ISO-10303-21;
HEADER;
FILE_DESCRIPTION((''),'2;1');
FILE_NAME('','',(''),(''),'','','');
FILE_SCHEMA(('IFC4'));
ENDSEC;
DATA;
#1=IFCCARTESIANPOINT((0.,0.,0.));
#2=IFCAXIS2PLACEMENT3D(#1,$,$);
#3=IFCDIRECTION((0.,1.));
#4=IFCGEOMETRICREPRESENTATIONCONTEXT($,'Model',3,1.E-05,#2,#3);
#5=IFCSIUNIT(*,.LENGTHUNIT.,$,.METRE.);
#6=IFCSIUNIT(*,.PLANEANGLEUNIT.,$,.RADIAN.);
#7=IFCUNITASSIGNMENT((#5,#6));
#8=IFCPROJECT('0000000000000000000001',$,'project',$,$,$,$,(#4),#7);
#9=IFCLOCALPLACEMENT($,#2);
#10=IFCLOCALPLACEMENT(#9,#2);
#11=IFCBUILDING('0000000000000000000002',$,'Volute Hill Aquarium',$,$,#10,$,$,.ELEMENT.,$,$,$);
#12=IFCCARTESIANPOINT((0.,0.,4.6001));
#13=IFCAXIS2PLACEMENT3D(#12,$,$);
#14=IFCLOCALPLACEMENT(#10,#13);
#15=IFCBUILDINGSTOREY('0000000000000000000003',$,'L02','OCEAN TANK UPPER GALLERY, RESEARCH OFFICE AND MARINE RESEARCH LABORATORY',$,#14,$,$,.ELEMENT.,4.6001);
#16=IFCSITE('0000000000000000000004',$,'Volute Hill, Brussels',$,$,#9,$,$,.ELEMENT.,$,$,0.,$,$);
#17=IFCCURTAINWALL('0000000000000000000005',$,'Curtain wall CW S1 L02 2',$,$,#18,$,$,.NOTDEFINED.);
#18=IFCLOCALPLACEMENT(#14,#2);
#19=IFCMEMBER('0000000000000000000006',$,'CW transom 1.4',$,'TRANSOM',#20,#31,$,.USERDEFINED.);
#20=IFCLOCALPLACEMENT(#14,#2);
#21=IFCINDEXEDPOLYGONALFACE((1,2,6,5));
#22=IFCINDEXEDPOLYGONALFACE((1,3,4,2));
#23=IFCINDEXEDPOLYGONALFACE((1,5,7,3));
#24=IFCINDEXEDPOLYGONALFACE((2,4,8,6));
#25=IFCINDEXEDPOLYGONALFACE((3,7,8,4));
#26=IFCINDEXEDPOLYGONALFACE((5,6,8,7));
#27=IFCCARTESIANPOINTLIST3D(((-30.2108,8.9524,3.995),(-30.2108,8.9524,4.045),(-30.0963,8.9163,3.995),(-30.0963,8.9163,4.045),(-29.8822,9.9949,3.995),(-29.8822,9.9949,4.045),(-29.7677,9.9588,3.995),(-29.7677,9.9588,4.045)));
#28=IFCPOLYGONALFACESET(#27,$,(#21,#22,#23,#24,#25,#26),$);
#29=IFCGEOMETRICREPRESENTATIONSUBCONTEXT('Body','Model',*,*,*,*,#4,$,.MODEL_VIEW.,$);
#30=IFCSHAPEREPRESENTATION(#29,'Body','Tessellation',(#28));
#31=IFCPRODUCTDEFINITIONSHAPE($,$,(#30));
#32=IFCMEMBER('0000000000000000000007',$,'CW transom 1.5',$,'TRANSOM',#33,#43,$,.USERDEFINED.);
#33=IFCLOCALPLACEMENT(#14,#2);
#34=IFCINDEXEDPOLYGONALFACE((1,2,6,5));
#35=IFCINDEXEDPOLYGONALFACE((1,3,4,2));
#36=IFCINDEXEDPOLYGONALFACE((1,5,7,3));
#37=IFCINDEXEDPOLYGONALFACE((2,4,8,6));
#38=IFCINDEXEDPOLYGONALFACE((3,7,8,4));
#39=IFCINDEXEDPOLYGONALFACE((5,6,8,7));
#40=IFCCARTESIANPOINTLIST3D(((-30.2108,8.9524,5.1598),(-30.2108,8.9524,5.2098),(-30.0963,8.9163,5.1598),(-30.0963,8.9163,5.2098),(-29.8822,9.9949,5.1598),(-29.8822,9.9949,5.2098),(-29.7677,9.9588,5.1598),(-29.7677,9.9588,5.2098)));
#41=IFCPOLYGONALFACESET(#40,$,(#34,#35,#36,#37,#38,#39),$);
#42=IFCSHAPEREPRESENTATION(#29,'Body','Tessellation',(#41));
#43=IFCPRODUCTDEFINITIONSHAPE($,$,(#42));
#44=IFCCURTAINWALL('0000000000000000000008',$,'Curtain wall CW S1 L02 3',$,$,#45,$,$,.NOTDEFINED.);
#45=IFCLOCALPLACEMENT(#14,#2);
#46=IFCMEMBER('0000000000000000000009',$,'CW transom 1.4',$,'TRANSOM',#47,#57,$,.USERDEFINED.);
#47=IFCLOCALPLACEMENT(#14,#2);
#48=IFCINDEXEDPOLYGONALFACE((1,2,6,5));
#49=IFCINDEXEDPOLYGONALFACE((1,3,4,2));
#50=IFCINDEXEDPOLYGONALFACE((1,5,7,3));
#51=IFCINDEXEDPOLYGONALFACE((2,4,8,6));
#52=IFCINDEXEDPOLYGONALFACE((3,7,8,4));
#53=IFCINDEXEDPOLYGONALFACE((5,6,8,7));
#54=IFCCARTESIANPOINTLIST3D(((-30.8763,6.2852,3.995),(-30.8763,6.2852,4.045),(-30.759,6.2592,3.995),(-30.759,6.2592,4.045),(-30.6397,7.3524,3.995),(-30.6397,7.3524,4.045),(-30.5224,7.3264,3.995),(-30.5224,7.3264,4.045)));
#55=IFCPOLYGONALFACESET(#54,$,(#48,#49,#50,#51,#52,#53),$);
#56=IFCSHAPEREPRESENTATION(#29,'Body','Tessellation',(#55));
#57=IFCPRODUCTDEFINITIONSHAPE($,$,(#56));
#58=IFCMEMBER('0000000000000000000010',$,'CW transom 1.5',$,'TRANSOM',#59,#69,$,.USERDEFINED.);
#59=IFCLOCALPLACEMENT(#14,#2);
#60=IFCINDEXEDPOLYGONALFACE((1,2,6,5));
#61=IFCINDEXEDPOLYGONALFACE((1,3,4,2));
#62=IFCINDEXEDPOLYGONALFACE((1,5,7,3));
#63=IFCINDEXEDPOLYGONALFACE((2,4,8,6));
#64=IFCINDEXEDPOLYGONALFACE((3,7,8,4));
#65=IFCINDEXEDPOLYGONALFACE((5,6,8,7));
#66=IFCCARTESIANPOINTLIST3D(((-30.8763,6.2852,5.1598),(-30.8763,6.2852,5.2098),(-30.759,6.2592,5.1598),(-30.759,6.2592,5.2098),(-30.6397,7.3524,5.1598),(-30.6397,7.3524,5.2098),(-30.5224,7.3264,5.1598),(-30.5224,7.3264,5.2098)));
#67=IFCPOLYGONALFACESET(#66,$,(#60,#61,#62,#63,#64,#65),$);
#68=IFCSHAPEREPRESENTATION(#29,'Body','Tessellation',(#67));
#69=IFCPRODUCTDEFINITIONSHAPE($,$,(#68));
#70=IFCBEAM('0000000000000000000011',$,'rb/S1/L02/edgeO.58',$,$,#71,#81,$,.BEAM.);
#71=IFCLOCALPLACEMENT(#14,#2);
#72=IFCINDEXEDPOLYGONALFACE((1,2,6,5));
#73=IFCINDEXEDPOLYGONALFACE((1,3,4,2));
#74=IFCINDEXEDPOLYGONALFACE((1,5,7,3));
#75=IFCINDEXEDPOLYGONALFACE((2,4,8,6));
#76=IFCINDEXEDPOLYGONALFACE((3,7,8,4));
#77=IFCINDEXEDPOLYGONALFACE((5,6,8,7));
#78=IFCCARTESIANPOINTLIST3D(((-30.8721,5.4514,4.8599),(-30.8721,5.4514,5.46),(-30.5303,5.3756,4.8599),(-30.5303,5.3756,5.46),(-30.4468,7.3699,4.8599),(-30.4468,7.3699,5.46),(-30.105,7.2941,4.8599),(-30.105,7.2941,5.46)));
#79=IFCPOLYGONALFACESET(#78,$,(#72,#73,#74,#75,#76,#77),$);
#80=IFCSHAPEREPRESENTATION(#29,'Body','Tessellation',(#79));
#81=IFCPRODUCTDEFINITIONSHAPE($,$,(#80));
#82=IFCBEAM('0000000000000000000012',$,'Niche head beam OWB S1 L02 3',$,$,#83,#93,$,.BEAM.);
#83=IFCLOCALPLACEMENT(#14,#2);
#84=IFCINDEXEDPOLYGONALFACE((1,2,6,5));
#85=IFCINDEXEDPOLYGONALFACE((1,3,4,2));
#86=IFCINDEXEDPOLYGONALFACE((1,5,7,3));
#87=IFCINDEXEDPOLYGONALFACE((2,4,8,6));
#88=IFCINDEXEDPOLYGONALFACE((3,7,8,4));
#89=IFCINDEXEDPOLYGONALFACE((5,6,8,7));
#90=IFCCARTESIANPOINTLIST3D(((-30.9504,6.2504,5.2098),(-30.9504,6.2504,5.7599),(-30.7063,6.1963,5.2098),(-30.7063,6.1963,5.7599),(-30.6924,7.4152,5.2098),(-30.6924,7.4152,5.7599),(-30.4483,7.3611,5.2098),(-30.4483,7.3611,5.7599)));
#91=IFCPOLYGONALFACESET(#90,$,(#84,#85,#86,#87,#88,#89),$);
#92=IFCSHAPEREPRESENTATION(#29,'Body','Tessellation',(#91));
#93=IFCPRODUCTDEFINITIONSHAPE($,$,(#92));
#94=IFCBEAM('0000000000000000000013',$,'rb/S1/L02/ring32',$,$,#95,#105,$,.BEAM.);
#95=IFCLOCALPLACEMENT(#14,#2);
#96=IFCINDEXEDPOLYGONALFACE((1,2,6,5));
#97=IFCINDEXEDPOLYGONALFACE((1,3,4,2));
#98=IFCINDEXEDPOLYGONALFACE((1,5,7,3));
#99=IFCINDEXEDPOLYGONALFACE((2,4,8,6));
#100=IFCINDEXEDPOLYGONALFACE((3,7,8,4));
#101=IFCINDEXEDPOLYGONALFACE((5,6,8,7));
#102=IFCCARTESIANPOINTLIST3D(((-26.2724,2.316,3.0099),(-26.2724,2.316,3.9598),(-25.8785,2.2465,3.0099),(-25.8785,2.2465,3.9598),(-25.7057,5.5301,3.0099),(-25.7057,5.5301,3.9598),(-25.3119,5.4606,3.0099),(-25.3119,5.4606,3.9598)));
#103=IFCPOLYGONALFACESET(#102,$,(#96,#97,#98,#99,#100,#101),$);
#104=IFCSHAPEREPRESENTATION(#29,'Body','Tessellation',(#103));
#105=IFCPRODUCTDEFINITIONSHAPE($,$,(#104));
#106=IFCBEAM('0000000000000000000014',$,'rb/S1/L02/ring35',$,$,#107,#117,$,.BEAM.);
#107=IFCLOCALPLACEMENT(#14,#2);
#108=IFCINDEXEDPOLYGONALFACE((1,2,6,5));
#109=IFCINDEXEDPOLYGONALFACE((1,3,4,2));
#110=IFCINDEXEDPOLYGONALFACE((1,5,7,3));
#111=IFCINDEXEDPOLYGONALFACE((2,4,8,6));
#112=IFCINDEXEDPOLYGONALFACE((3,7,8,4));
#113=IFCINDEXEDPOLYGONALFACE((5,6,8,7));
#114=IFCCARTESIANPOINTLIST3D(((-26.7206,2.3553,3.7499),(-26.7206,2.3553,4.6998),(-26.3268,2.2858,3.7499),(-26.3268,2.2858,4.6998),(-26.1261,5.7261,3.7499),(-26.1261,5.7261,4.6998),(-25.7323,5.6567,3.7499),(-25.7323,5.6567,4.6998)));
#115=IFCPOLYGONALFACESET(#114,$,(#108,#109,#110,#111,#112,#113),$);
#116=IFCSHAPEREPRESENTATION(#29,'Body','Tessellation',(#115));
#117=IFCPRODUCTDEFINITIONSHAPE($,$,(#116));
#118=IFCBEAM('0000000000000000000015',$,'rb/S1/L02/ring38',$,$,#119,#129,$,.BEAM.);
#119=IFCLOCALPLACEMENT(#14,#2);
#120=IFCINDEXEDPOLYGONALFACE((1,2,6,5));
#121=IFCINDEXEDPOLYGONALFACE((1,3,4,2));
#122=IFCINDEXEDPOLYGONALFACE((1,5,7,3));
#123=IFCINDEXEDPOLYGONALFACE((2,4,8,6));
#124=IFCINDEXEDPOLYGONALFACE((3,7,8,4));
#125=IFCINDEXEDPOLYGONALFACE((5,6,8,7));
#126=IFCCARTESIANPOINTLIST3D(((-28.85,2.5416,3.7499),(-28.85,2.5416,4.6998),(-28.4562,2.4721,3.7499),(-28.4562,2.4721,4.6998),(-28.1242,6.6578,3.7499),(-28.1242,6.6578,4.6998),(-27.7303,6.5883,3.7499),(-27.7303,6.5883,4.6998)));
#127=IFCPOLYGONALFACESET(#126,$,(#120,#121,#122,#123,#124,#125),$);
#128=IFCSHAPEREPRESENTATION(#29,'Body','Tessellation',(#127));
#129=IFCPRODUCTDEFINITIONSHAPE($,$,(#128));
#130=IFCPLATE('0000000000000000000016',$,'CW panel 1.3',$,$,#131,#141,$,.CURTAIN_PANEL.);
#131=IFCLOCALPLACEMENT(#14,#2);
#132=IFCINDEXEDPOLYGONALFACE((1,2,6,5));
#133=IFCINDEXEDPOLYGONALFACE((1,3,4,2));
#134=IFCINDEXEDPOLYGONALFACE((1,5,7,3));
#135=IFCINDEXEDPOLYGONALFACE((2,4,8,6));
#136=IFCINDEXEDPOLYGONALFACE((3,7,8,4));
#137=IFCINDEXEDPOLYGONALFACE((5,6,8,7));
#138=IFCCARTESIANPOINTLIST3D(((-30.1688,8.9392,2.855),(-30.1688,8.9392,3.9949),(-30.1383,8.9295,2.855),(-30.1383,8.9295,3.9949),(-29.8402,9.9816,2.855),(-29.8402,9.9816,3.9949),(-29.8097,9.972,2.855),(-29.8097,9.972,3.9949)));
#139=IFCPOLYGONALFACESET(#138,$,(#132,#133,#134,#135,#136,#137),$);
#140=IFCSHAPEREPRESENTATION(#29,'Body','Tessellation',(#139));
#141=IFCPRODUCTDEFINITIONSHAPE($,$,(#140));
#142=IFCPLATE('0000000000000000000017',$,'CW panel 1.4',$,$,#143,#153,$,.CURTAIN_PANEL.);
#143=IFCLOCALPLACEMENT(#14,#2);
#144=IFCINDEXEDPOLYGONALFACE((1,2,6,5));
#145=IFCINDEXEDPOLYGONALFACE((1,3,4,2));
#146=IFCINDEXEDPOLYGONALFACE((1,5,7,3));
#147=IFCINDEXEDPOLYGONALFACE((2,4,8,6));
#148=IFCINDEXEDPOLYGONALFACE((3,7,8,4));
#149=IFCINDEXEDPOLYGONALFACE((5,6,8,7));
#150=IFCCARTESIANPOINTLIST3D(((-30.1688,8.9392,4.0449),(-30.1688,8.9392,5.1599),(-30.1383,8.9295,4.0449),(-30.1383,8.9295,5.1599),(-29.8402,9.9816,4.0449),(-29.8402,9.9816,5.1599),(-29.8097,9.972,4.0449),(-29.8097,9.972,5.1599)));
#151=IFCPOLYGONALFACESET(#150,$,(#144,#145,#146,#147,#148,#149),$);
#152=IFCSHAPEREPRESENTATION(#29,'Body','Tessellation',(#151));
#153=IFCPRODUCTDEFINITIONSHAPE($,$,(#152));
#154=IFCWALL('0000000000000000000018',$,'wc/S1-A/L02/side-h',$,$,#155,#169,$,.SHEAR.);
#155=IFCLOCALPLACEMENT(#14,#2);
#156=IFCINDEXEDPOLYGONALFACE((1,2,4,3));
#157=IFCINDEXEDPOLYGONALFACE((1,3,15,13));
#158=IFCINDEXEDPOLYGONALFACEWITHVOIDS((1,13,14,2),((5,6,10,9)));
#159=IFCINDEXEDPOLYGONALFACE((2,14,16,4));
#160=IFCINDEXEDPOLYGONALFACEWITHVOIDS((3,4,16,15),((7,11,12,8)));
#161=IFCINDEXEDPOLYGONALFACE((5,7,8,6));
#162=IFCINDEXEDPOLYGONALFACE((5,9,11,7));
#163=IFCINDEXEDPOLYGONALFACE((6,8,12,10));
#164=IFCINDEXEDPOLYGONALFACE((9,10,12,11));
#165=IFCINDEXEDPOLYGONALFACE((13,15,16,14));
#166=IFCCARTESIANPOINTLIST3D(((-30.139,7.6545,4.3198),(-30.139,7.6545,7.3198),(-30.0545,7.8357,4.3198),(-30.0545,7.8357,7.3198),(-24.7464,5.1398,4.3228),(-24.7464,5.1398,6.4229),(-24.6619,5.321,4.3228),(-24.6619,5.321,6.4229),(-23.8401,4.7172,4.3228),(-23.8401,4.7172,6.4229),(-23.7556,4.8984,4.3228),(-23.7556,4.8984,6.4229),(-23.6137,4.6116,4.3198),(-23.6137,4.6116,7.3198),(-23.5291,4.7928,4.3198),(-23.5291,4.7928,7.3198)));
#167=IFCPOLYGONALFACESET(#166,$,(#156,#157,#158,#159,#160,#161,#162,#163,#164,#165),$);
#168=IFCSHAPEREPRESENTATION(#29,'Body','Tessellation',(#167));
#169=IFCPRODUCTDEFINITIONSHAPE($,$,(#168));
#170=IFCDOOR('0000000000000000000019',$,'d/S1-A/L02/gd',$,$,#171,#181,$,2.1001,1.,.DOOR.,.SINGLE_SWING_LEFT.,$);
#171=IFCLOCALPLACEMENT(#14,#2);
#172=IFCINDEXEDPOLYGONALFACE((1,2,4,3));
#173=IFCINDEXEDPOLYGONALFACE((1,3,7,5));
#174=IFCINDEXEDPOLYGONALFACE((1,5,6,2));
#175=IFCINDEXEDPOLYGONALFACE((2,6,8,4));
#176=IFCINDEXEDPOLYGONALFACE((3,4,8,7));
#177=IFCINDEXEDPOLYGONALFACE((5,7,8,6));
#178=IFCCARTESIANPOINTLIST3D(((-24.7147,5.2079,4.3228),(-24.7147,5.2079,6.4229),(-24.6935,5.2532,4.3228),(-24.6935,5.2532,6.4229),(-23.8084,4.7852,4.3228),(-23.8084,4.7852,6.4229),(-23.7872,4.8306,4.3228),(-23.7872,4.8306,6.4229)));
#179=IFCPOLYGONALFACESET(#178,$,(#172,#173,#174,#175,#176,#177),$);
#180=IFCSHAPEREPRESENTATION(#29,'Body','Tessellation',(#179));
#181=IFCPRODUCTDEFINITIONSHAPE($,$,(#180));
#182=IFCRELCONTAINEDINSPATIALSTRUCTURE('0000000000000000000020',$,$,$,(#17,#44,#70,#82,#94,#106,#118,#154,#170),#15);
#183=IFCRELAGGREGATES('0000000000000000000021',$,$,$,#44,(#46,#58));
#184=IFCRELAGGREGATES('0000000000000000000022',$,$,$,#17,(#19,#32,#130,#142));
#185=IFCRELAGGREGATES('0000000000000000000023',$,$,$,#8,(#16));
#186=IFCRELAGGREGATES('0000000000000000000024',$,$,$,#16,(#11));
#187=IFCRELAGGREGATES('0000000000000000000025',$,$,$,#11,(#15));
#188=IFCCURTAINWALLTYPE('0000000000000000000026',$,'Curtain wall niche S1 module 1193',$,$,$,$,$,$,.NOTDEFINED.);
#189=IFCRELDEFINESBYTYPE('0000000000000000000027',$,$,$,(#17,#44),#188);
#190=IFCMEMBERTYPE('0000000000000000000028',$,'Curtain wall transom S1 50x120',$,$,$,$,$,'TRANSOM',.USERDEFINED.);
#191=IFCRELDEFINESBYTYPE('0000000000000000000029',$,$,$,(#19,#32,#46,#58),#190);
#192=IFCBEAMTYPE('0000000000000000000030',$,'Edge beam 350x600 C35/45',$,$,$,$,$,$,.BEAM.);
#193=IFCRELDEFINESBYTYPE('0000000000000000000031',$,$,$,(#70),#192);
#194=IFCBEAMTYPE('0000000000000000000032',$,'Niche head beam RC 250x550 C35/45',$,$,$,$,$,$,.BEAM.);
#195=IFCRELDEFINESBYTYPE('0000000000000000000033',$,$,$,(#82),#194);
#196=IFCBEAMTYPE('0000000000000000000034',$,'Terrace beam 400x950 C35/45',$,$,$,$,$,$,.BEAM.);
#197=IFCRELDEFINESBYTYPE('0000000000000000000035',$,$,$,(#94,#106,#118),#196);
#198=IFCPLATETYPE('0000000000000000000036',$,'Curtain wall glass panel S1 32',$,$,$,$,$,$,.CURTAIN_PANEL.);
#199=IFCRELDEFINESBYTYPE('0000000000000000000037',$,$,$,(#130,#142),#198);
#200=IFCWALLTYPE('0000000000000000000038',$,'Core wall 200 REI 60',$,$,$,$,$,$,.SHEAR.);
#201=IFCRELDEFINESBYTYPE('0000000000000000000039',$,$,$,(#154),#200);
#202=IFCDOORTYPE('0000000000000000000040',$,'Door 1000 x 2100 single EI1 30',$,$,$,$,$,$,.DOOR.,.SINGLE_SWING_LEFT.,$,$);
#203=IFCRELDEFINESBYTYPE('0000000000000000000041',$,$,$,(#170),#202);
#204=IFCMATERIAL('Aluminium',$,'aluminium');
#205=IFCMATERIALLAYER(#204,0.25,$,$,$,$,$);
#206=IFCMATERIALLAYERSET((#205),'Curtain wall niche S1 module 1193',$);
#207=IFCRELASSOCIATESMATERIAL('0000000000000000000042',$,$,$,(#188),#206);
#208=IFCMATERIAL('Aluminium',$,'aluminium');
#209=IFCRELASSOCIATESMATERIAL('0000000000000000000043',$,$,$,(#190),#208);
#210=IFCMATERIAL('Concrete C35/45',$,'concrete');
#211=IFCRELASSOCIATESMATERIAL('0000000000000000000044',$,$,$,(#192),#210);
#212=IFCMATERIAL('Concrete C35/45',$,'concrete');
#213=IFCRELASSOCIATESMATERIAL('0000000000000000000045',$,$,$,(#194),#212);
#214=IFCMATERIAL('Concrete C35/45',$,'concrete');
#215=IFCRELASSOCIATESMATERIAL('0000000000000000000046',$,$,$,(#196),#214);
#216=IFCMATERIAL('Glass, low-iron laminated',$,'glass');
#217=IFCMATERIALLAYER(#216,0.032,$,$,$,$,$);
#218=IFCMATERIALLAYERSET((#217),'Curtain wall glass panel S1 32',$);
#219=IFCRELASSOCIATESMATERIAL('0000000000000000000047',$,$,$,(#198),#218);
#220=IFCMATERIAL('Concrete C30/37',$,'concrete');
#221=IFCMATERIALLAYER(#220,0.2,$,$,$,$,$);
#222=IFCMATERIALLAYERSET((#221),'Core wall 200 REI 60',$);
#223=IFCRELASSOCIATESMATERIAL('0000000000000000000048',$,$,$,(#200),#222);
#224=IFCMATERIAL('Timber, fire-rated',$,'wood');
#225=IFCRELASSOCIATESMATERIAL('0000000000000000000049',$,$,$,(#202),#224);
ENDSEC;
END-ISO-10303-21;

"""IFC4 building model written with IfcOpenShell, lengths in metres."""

from ifc_helpers import new_model, si_unit, direction, frame, frame_2d, origin, origin_2d, place, context, subcontext, project, spatial, rectangle, extrude, material, layer, layer_set, material_profile, profile_set, type_object, element, fill, aggregate, save


model = new_model("IFC4")

# Units and contexts
model_context = context("Model", 3, precision=1e-05, world=origin(), true_north=direction((0.0, 1.0)))
body_context = subcontext(model_context, "Body", "Model", "MODEL_VIEW")
ifc_project = project(units=[si_unit("LENGTHUNIT", "METRE"), si_unit("PLANEANGLEUNIT", "RADIAN")], contexts=[model_context])

# Site, building, storey
site_placement = place(None, origin())
site = spatial("IfcSite", under=ifc_project, at=site_placement, Name="Volute Hill, Brussels", CompositionType="ELEMENT", RefElevation=0.0)
building_placement = place(site_placement, origin())
building = spatial("IfcBuilding", under=site, at=building_placement, Name="Volute Hill Aquarium", CompositionType="ELEMENT")
storey_placement = place(building_placement, frame((0.0, 0.0, 4.6001)))
storey = spatial("IfcBuildingStorey", under=building, at=storey_placement, Name="L02", Description="OCEAN TANK UPPER GALLERY, RESEARCH OFFICE AND MARINE RESEARCH LABORATORY", CompositionType="ELEMENT", Elevation=4.6001)

# Curtain walls, members
ifc_material_1 = material(Name="Aluminium", Category="aluminium")
ifc_layer_1 = layer(ifc_material_1, 0.25)
ifc_layer_set_1 = layer_set([ifc_layer_1], Name="Curtain wall niche S1 module 1193")
curtain_wall_type = type_object("IfcCurtainWallType", Name="Curtain wall niche S1 module 1193", PredefinedType="NOTDEFINED", material=ifc_layer_set_1)
curtain_wall_1_placement = place(storey_placement, origin())
curtain_wall_1 = element("IfcCurtainWall", 1, at=curtain_wall_1_placement, inside=storey, type_object=curtain_wall_type, Name="Curtain wall CW S1 L02 2", PredefinedType="NOTDEFINED")
ifc_material_2 = material(Name="Aluminium", Category="aluminium")
ifc_material_profile_1 = material_profile(ifc_material_2, rectangle(XDim=0.1201, YDim=0.05, at=origin_2d()), Name="Curtain wall transom S1 50x120")
ifc_profile_set_1 = profile_set([ifc_material_profile_1], Name="Aluminium")
member_type = type_object("IfcMemberType", Name="Curtain wall transom S1 50x120", ElementType="TRANSOM", PredefinedType="USERDEFINED", material=ifc_profile_set_1)
member_1_placement = place(storey_placement, frame((-29.825, 9.9768, 4.02), z_axis=(-0.30064, -0.953738, 0.0), x_axis=(0.953738, -0.30064, 0.0)))
member_1 = element("IfcMember", 2, at=member_1_placement, type_object=member_type, Name="CW transom 1.4", ObjectType="TRANSOM", PredefinedType="USERDEFINED", context=body_context, shape_type="SweptSolid", body=[
    extrude(rectangle(XDim=0.1201, YDim=0.05, at=origin_2d()), origin(), (0.0, 0.0, 1.0), 1.093),
])
member_2_placement = place(storey_placement, frame((-29.825, 9.9768, 5.1848), z_axis=(-0.30064, -0.953738, 0.0), x_axis=(0.953738, -0.30064, 0.0)))
member_2 = element("IfcMember", 3, at=member_2_placement, type_object=member_type, Name="CW transom 1.5", ObjectType="TRANSOM", PredefinedType="USERDEFINED", context=body_context, shape_type="SweptSolid", body=[
    extrude(rectangle(XDim=0.1201, YDim=0.05, at=origin_2d()), origin(), (0.0, 0.0, 1.0), 1.093),
])
curtain_wall_2_placement = place(storey_placement, origin())
curtain_wall_2 = element("IfcCurtainWall", 4, at=curtain_wall_2_placement, inside=storey, type_object=curtain_wall_type, Name="Curtain wall CW S1 L02 3", PredefinedType="NOTDEFINED")
member_3_placement = place(storey_placement, frame((-30.5811, 7.3394, 4.02), z_axis=(-0.216434, -0.976297, 0.0), x_axis=(0.976297, -0.216434, 0.0)))
member_3 = element("IfcMember", 5, at=member_3_placement, type_object=member_type, Name="CW transom 1.4", ObjectType="TRANSOM", PredefinedType="USERDEFINED", context=body_context, shape_type="SweptSolid", body=[
    extrude(rectangle(XDim=0.1201, YDim=0.05, at=origin_2d()), origin(), (0.0, 0.0, 1.0), 1.093),
])
member_4_placement = place(storey_placement, frame((-30.5811, 7.3394, 5.1848), z_axis=(-0.216434, -0.976297, 0.0), x_axis=(0.976297, -0.216434, 0.0)))
member_4 = element("IfcMember", 6, at=member_4_placement, type_object=member_type, Name="CW transom 1.5", ObjectType="TRANSOM", PredefinedType="USERDEFINED", context=body_context, shape_type="SweptSolid", body=[
    extrude(rectangle(XDim=0.1201, YDim=0.05, at=origin_2d()), origin(), (0.0, 0.0, 1.0), 1.093),
])
aggregate(curtain_wall_2, [member_3, member_4])

# Beams
ifc_material_3 = material(Name="Concrete C35/45", Category="concrete")
ifc_material_profile_2 = material_profile(ifc_material_3, rectangle(XDim=0.3501, YDim=0.6001, at=origin_2d()), Name="RC edge beam 350x600")
ifc_profile_set_2 = profile_set([ifc_material_profile_2], Name="Concrete C35/45")
beam_type_1 = type_object("IfcBeamType", Name="Edge beam 350x600 C35/45", PredefinedType="BEAM", material=ifc_profile_set_2)
beam_1_placement = place(storey_placement, frame((-30.2759, 7.332, 5.1599), z_axis=(-0.216431, -0.976298, 0.0), x_axis=(0.976298, -0.216431, 0.0)))
element("IfcBeam", 7, at=beam_1_placement, inside=storey, type_object=beam_type_1, Name="rb/S1/L02/edgeO.58", PredefinedType="BEAM", context=body_context, shape_type="SweptSolid", body=[
    extrude(rectangle(XDim=0.3501, YDim=0.6001, at=origin_2d()), origin(), (0.0, 0.0, 1.0), 1.9651),
])
ifc_material_4 = material(Name="Concrete C35/45", Category="concrete")
ifc_material_profile_3 = material_profile(ifc_material_4, rectangle(XDim=0.25, YDim=0.55, at=origin_2d()), Name="RC beam 250x550")
ifc_profile_set_3 = profile_set([ifc_material_profile_3], Name="Concrete C35/45")
beam_type_2 = type_object("IfcBeamType", Name="Niche head beam RC 250x550 C35/45", PredefinedType="BEAM", material=ifc_profile_set_3)
beam_2_placement = place(storey_placement, frame((-30.5703, 7.3882, 5.4849), z_axis=(-0.216302, -0.976326, 0.0), x_axis=(0.976326, -0.216302, 0.0)))
element("IfcBeam", 8, at=beam_2_placement, inside=storey, type_object=beam_type_2, Name="Niche head beam OWB S1 L02 3", PredefinedType="BEAM", context=body_context, shape_type="SweptSolid", body=[
    extrude(rectangle(XDim=0.25, YDim=0.55, at=origin_2d()), origin(), (0.0, 0.0, 1.0), 1.1931),
])
ifc_material_5 = material(Name="Concrete C35/45", Category="concrete")
ifc_material_profile_4 = material_profile(ifc_material_5, rectangle(XDim=0.3999, YDim=0.95, at=origin_2d()), Name="RC beam 400x950")
ifc_profile_set_4 = profile_set([ifc_material_profile_4], Name="Concrete C35/45")
beam_type_3 = type_object("IfcBeamType", Name="Terrace beam 400x950 C35/45", PredefinedType="BEAM", material=ifc_profile_set_4)
beam_3_placement = place(storey_placement, frame((-25.5088, 5.4954, 3.4849), z_axis=(-0.173623, -0.984812, 0.0), x_axis=(0.984812, -0.173623, 0.0)))
element("IfcBeam", 9, at=beam_3_placement, inside=storey, type_object=beam_type_3, Name="rb/S1/L02/ring32", PredefinedType="BEAM", context=body_context, shape_type="SweptSolid", body=[
    extrude(rectangle(XDim=0.3999, YDim=0.95, at=origin_2d()), origin(), (0.0, 0.0, 1.0), 3.2637),
])
beam_4_placement = place(storey_placement, frame((-25.9292, 5.6914, 4.2249), z_axis=(-0.17368, -0.984802, 0.0), x_axis=(0.984802, -0.17368, 0.0)))
element("IfcBeam", 10, at=beam_4_placement, inside=storey, type_object=beam_type_3, Name="rb/S1/L02/ring35", PredefinedType="BEAM", context=body_context, shape_type="SweptSolid", body=[
    extrude(rectangle(XDim=0.3999, YDim=0.95, at=origin_2d()), origin(), (0.0, 0.0, 1.0), 3.4229),
])
beam_5_placement = place(storey_placement, frame((-27.9272, 6.623, 4.2249), z_axis=(-0.173655, -0.984806, 0.0), x_axis=(0.984806, -0.173655, 0.0)))
element("IfcBeam", 11, at=beam_5_placement, inside=storey, type_object=beam_type_3, Name="rb/S1/L02/ring38", PredefinedType="BEAM", context=body_context, shape_type="SweptSolid", body=[
    extrude(rectangle(XDim=0.3999, YDim=0.95, at=origin_2d()), origin(), (0.0, 0.0, 1.0), 4.1797),
])

# Plates
ifc_material_6 = material(Name="Glass, low-iron laminated", Category="glass")
ifc_layer_2 = layer(ifc_material_6, 0.032)
ifc_layer_set_2 = layer_set([ifc_layer_2], Name="Curtain wall glass panel S1 32")
plate_type = type_object("IfcPlateType", Name="Curtain wall glass panel S1 32", PredefinedType="CURTAIN_PANEL", material=ifc_layer_set_2)
plate_1_placement = place(storey_placement, frame((-29.9893, 9.4556, 2.855), z_axis=(0.0, 0.0, 1.0), x_axis=(-0.300702, -0.953718, 0.0)))
plate_1 = element("IfcPlate", 12, at=plate_1_placement, type_object=plate_type, Name="CW panel 1.3", PredefinedType="CURTAIN_PANEL", context=body_context, shape_type="SweptSolid", body=[
    extrude(rectangle(XDim=1.093, YDim=0.032, at=origin_2d()), origin(), (0.0, 0.0, 1.0), 1.1399),
])
plate_2_placement = place(storey_placement, frame((-29.9893, 9.4556, 4.0449), z_axis=(0.0, 0.0, 1.0), x_axis=(-0.300702, -0.953718, 0.0)))
plate_2 = element("IfcPlate", 13, at=plate_2_placement, type_object=plate_type, Name="CW panel 1.4", PredefinedType="CURTAIN_PANEL", context=body_context, shape_type="SweptSolid", body=[
    extrude(rectangle(XDim=1.093, YDim=0.032, at=origin_2d()), origin(), (0.0, 0.0, 1.0), 1.115),
])
aggregate(curtain_wall_1, [member_1, member_2, plate_1, plate_2])

# Wall, opening, door
ifc_material_7 = material(Name="Concrete C30/37", Category="concrete")
ifc_layer_3 = layer(ifc_material_7, 0.2)
ifc_layer_set_3 = layer_set([ifc_layer_3], Name="Core wall 200 REI 60")
wall_type_1 = type_object("IfcWallType", Name="Core wall 200 REI 60", PredefinedType="SHEAR", material=ifc_layer_set_3)
wall_1_placement = place(storey_placement, frame((-23.5713, 4.7021, 4.3198), z_axis=(0.0, 0.0, 1.0), x_axis=(-0.906301, 0.422633, 0.0)))
wall_1 = element("IfcWall", 14, at=wall_1_placement, inside=storey, type_object=wall_type_1, Name="wc/S1-A/L02/side-h", PredefinedType="SHEAR", context=body_context, shape_type="SweptSolid", body=[
    extrude(rectangle(XDim=7.2, YDim=0.2, at=frame_2d((3.6001, 0.0))), origin(), (0.0, 0.0, 1.0), 3.0),
])
opening_placement = place(wall_1_placement, frame((0.25, 0.0, 0.0029)))
opening = element("IfcOpeningElement", 15, at=opening_placement, cuts=wall_1, PredefinedType="OPENING", context=body_context, shape_type="SweptSolid", body=[
    extrude(rectangle(XDim=1.0, YDim=2.1001, at=frame_2d((0.5, 1.05))), frame((0.0, 0.1099, 0.0), z_axis=(0.0, -1.0, 0.0), x_axis=(1.0, 0.0, 0.0)), (0.0, 0.0, 1.0), 0.22),
])
ifc_material_8 = material(Name="Timber, fire-rated", Category="wood")
door_type = type_object("IfcDoorType", Name="Door 1000 x 2100 single EI1 30", OperationType="SINGLE_SWING_LEFT", PredefinedType="DOOR", material=ifc_material_8)
door_placement = place(opening_placement, origin())
door = element("IfcDoor", 16, at=door_placement, inside=storey, type_object=door_type, Name="d/S1-A/L02/gd", OperationType="SINGLE_SWING_LEFT", OverallHeight=2.1001, OverallWidth=1.0, PredefinedType="DOOR", context=body_context, shape_type="SweptSolid", body=[
    extrude(rectangle(XDim=1.0, YDim=2.1001, at=frame_2d((0.5, 1.05))), frame((0.0, 0.0249, 0.0), z_axis=(0.0, -1.0, 0.0), x_axis=(1.0, 0.0, 0.0)), (0.0, 0.0, 1.0), 0.05),
])
fill(opening, door)

save(model, "model.ifc")
